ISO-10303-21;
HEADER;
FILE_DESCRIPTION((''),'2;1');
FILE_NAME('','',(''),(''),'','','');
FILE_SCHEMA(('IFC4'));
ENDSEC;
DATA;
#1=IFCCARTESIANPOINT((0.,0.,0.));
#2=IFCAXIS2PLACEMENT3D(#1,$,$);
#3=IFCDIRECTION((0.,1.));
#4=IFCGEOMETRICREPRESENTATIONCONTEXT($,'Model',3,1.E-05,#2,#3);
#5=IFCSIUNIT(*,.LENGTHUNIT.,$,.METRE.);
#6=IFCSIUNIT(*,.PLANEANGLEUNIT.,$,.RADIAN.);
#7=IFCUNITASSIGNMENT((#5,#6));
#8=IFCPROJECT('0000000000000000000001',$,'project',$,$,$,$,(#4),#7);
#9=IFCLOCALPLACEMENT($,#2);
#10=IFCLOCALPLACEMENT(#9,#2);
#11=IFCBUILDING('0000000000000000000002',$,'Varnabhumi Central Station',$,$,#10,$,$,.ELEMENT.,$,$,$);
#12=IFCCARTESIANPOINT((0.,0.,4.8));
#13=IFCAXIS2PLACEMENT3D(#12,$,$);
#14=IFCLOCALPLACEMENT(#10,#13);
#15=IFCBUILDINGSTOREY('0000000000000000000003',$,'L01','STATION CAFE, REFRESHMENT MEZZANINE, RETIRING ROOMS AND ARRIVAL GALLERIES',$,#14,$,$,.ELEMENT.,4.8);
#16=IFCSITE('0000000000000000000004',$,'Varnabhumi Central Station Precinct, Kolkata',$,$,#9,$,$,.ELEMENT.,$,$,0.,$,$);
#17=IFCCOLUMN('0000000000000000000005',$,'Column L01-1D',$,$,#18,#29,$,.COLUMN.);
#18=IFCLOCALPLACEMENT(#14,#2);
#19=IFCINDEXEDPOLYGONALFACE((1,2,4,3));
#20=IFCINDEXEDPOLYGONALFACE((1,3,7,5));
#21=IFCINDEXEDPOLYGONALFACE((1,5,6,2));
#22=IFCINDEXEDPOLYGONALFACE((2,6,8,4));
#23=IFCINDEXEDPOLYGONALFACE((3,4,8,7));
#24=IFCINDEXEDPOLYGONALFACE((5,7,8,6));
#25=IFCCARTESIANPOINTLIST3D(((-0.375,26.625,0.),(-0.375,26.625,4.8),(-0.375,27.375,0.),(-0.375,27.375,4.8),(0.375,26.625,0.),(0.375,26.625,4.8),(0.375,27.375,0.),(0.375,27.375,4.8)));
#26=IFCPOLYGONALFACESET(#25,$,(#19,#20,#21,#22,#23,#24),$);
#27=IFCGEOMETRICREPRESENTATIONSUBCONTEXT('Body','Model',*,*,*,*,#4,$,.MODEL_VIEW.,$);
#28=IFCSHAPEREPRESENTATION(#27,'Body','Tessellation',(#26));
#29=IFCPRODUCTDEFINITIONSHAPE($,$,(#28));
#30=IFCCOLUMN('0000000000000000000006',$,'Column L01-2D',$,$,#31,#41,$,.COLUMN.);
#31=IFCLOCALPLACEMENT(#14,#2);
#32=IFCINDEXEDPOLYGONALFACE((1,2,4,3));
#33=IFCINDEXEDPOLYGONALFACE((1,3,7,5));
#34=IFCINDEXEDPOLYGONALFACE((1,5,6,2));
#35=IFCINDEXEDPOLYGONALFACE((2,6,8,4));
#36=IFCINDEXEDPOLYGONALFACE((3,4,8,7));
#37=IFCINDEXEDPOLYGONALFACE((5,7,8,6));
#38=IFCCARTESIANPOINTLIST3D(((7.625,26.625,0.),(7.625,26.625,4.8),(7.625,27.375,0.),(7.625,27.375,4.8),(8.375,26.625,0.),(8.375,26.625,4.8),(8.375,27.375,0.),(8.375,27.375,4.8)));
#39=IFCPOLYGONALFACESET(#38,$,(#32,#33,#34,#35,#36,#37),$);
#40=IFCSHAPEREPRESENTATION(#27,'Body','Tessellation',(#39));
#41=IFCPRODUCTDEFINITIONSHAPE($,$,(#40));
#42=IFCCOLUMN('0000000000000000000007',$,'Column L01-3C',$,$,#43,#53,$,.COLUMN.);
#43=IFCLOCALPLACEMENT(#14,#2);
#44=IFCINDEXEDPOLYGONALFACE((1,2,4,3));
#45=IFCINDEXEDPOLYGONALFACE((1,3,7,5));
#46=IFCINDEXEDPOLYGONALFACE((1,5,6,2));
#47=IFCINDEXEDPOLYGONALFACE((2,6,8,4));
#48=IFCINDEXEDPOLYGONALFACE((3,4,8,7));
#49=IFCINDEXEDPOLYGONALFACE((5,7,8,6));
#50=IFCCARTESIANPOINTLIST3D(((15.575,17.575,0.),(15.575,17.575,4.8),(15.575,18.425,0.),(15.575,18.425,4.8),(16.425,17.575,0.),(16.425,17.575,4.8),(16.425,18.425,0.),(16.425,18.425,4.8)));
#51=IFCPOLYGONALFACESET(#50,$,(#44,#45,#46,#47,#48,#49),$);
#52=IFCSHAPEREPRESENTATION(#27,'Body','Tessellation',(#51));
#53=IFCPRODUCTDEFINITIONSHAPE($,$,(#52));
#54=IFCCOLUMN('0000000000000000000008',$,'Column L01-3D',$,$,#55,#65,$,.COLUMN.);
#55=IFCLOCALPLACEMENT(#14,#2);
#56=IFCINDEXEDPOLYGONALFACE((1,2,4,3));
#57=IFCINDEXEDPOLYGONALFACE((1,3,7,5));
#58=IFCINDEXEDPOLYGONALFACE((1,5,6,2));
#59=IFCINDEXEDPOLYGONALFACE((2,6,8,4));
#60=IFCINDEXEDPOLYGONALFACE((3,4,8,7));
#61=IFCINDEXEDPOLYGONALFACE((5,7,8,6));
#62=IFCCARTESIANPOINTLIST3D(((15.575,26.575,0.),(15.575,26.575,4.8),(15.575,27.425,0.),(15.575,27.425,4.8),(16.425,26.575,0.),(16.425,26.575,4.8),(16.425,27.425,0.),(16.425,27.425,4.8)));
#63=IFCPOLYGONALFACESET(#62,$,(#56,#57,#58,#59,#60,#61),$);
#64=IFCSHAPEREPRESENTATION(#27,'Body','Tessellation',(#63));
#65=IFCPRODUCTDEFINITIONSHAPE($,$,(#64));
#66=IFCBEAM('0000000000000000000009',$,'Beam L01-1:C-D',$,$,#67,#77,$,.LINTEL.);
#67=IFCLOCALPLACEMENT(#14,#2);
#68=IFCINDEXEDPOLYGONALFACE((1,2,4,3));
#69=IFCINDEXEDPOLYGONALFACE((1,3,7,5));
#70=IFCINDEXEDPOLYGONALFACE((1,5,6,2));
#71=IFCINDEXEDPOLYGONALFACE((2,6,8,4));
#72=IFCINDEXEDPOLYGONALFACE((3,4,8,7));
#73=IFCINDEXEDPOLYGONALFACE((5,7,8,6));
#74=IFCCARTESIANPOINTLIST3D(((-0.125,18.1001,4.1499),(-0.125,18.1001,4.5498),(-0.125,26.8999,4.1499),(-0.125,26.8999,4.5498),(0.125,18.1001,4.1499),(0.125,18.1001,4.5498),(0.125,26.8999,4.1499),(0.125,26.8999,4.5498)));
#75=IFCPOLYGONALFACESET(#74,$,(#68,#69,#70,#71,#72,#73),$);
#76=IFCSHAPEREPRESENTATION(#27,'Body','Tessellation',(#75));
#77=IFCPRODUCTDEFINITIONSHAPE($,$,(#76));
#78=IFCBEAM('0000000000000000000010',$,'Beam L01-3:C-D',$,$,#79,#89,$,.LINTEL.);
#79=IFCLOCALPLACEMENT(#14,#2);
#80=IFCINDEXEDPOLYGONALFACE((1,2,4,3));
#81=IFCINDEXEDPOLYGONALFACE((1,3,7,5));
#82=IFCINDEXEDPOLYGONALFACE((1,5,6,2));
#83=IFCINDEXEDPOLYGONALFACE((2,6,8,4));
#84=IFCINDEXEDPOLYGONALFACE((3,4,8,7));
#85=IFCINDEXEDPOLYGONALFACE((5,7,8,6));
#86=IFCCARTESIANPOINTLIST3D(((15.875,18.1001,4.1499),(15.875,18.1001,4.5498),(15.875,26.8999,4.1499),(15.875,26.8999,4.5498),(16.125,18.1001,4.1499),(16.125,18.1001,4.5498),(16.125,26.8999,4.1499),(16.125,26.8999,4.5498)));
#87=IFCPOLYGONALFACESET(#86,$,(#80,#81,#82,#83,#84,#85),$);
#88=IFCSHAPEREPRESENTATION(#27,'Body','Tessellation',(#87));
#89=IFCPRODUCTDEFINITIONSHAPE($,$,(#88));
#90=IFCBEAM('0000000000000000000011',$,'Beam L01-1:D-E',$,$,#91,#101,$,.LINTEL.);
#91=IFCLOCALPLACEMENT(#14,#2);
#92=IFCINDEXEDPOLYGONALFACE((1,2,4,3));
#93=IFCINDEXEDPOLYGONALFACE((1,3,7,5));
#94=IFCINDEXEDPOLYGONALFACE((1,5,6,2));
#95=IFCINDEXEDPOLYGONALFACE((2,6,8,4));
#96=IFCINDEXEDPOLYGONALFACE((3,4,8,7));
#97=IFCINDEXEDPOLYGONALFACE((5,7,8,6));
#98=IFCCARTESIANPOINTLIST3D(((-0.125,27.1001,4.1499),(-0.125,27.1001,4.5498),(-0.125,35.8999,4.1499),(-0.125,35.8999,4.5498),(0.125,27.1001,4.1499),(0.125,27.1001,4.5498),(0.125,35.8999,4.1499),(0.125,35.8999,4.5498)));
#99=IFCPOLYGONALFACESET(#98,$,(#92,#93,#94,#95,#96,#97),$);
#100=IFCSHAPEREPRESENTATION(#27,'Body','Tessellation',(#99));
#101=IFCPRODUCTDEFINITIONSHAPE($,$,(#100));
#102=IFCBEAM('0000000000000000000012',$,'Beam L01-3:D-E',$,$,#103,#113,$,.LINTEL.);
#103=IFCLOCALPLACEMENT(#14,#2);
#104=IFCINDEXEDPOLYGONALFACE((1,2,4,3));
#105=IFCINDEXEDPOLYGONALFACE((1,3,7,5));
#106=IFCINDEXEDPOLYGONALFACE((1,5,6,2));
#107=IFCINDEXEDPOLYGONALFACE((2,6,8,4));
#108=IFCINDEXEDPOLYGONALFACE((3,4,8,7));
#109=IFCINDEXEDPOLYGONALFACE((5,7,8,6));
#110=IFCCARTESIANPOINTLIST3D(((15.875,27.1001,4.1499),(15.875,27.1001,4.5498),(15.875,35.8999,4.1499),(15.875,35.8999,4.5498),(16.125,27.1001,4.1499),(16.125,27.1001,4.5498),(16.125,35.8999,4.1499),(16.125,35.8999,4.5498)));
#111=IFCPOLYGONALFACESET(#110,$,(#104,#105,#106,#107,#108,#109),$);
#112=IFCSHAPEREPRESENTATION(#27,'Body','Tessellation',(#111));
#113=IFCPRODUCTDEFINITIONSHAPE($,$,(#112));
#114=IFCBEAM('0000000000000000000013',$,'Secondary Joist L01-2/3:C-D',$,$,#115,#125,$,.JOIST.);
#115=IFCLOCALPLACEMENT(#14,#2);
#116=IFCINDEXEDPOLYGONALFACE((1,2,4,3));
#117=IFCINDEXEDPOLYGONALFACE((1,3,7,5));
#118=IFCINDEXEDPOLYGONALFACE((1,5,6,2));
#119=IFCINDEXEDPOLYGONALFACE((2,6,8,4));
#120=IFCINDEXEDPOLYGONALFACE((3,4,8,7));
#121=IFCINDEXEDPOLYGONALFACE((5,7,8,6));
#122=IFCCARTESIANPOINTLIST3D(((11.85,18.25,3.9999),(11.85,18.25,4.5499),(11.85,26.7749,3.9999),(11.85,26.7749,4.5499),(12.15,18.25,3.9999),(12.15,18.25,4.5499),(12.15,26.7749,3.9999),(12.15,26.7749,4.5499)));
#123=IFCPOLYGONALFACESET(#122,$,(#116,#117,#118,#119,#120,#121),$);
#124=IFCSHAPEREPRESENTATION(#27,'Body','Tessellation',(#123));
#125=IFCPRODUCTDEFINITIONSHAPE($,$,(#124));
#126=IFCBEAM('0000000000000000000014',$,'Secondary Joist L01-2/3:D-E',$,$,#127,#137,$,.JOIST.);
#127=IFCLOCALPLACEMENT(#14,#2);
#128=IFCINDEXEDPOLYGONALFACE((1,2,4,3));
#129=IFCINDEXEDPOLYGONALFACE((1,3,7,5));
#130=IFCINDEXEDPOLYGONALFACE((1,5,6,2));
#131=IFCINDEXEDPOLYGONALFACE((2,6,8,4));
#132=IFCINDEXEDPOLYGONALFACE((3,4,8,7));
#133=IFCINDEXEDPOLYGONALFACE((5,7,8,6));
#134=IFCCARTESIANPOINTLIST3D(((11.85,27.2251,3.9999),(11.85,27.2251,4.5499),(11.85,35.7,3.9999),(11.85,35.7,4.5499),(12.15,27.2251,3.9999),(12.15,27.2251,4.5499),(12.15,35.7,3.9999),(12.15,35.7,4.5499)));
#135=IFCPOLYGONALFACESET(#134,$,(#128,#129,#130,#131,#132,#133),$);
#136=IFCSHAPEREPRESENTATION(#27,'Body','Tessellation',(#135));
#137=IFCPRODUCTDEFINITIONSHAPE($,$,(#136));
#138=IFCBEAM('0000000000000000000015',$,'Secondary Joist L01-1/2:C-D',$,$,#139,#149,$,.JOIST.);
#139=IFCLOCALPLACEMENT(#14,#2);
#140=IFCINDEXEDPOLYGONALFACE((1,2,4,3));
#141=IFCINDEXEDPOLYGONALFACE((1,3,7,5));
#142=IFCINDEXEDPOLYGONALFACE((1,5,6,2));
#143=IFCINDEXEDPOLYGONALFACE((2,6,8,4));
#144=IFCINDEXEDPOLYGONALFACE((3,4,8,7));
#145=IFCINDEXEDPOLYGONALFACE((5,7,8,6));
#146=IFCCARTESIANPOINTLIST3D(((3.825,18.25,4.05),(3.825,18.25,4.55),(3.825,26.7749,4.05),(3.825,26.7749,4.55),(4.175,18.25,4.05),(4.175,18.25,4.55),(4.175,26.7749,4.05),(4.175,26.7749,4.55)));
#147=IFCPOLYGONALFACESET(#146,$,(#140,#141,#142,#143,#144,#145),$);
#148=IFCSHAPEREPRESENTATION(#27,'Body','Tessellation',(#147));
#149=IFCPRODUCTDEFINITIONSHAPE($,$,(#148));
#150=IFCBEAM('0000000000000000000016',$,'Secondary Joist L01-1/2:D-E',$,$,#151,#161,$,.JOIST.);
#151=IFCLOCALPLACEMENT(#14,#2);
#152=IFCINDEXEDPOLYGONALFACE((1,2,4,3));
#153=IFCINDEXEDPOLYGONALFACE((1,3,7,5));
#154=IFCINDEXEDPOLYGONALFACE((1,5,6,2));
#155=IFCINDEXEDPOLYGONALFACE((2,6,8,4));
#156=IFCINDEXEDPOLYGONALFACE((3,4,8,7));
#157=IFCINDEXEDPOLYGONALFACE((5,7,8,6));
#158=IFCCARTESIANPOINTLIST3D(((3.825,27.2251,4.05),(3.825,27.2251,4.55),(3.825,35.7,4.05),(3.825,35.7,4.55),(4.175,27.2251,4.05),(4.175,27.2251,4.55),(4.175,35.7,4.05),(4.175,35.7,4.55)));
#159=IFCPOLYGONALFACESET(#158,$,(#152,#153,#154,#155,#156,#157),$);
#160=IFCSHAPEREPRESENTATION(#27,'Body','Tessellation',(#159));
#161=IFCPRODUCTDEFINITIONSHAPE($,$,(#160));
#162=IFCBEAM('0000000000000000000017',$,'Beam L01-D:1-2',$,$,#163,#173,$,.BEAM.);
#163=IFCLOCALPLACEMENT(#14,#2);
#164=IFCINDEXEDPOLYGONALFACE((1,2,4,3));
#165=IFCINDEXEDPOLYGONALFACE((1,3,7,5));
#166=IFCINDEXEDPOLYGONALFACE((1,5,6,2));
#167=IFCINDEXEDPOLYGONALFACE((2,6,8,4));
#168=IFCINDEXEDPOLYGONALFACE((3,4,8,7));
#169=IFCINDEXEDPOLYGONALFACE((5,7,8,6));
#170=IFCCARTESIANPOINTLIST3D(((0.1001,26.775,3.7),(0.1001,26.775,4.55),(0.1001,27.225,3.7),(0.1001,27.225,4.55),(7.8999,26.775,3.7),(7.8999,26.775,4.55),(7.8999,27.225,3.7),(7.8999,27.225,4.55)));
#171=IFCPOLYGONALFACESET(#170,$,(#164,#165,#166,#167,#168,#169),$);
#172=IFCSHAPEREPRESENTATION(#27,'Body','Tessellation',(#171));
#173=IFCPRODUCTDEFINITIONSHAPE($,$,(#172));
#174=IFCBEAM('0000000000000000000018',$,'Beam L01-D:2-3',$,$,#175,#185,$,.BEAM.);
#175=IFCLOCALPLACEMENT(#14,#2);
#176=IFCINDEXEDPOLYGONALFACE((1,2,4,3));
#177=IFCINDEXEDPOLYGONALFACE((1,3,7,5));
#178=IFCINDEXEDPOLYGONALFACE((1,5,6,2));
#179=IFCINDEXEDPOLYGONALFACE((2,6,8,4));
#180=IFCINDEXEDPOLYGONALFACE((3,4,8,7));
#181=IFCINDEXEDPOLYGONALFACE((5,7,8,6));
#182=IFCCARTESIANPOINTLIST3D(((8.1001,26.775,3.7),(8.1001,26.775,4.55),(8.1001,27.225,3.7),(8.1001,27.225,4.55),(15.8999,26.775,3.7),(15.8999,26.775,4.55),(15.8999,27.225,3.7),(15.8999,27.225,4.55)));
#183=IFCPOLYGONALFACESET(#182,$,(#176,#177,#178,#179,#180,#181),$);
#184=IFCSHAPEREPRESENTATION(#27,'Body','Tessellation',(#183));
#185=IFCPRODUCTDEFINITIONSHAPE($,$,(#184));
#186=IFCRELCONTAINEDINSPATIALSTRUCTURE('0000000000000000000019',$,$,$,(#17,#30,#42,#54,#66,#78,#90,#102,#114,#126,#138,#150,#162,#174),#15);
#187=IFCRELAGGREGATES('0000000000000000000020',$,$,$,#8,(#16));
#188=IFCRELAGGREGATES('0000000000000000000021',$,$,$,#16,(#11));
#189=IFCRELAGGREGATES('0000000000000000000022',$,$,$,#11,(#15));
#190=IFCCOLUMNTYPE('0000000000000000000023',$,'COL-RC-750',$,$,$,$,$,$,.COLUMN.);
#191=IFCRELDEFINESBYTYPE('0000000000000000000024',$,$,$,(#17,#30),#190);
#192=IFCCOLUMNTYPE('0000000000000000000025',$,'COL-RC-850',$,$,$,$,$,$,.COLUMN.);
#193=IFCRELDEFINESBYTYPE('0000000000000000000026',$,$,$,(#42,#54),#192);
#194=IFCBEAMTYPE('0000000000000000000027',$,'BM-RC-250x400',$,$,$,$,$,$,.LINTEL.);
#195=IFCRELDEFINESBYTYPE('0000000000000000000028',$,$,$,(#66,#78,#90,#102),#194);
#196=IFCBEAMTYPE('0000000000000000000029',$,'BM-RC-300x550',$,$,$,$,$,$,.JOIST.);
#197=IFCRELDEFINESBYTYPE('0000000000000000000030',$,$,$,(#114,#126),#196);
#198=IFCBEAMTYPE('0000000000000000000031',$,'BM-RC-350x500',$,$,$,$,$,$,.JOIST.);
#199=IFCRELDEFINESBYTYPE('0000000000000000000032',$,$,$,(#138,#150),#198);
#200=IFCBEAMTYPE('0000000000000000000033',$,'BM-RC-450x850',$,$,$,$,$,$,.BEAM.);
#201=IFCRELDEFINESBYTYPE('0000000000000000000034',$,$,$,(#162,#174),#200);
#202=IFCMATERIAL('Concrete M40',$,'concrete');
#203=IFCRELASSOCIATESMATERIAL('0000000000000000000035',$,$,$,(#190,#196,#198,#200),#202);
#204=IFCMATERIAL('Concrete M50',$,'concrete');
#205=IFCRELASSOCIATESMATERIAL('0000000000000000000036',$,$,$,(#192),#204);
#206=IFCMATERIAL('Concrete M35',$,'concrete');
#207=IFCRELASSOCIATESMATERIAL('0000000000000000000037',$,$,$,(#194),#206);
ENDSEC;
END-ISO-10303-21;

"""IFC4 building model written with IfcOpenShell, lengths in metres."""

from ifc_helpers import new_model, si_unit, direction, frame, origin, origin_2d, place, context, subcontext, project, spatial, rectangle, extrude, material, material_profile, profile_set, type_object, element, save


model = new_model("IFC4")

# Units and contexts
model_context = context("Model", 3, precision=1e-05, world=origin(), true_north=direction((0.0, 1.0)))
body_context = subcontext(model_context, "Body", "Model", "MODEL_VIEW")
ifc_project = project(units=[si_unit("LENGTHUNIT", "METRE"), si_unit("PLANEANGLEUNIT", "RADIAN")], contexts=[model_context])

# Site, building, storey
site_placement = place(None, origin())
site = spatial("IfcSite", under=ifc_project, at=site_placement, Name="Varnabhumi Central Station Precinct, Kolkata", CompositionType="ELEMENT", RefElevation=0.0)
building_placement = place(site_placement, origin())
building = spatial("IfcBuilding", under=site, at=building_placement, Name="Varnabhumi Central Station", CompositionType="ELEMENT")
storey_placement = place(building_placement, frame((0.0, 0.0, 4.8)))
storey = spatial("IfcBuildingStorey", under=building, at=storey_placement, Name="L01", Description="STATION CAFE, REFRESHMENT MEZZANINE, RETIRING ROOMS AND ARRIVAL GALLERIES", CompositionType="ELEMENT", Elevation=4.8)

# Columns
ifc_material_1 = material(Name="Concrete M40", Category="concrete")
ifc_material_profile_1 = material_profile(ifc_material_1, rectangle(XDim=0.75, YDim=0.75, at=origin_2d()), Name="Concrete M40", Category="concrete")
ifc_profile_set_1 = profile_set([ifc_material_profile_1], Name="Concrete M40")
column_type_1 = type_object("IfcColumnType", Name="COL-RC-750", PredefinedType="COLUMN", material=ifc_profile_set_1)
for number, where, z_axis, x_axis, name in (
    (1, (0.0, 27.0, 0.0), (0.0, 0.0, 1.0), (1.0, 0.0, 0.0), "Column L01-1D"),
    (2, (8.0, 27.0, 0.0), (0.0, 0.0, 1.0), (1.0, 0.0, 0.0), "Column L01-2D"),
):
    element("IfcColumn", number, at=place(storey_placement, frame(where, z_axis=z_axis, x_axis=x_axis)), inside=storey, type_object=column_type_1, Name=name, PredefinedType="COLUMN", context=body_context, shape_type="SweptSolid", body=[
        extrude(rectangle(XDim=0.75, YDim=0.75, at=origin_2d()), origin(), (0.0, 0.0, 1.0), 4.8),
    ])
ifc_material_2 = material(Name="Concrete M50", Category="concrete")
ifc_material_profile_2 = material_profile(ifc_material_2, rectangle(XDim=0.8501, YDim=0.8501, at=origin_2d()), Name="Concrete M50", Category="concrete")
ifc_profile_set_2 = profile_set([ifc_material_profile_2], Name="Concrete M50")
column_type_2 = type_object("IfcColumnType", Name="COL-RC-850", PredefinedType="COLUMN", material=ifc_profile_set_2)
for number, where, z_axis, x_axis, name in (
    (3, (16.0, 18.0, 0.0), (0.0, 0.0, 1.0), (1.0, 0.0, 0.0), "Column L01-3C"),
    (4, (16.0, 27.0, 0.0), (0.0, 0.0, 1.0), (1.0, 0.0, 0.0), "Column L01-3D"),
):
    element("IfcColumn", number, at=place(storey_placement, frame(where, z_axis=z_axis, x_axis=x_axis)), inside=storey, type_object=column_type_2, Name=name, PredefinedType="COLUMN", context=body_context, shape_type="SweptSolid", body=[
        extrude(rectangle(XDim=0.8501, YDim=0.8501, at=origin_2d()), origin(), (0.0, 0.0, 1.0), 4.8),
    ])

# Beams
ifc_material_3 = material(Name="Concrete M35", Category="concrete")
ifc_material_profile_3 = material_profile(ifc_material_3, rectangle(XDim=0.25, YDim=0.3999, at=origin_2d()), Name="Concrete M35", Category="concrete")
ifc_profile_set_3 = profile_set([ifc_material_profile_3], Name="Concrete M35")
beam_type_1 = type_object("IfcBeamType", Name="BM-RC-250x400", PredefinedType="LINTEL", material=ifc_profile_set_3)
for number, where, z_axis, x_axis, name in (
    (5, (0.0, 18.1001, 4.3499), (0.0, 1.0, 0.0), (-1.0, 0.0, 0.0), "Beam L01-1:C-D"),
    (6, (16.0, 18.1001, 4.3499), (0.0, 1.0, 0.0), (-1.0, 0.0, 0.0), "Beam L01-3:C-D"),
    (7, (0.0, 27.1001, 4.3499), (0.0, 1.0, 0.0), (-1.0, 0.0, 0.0), "Beam L01-1:D-E"),
    (8, (16.0, 27.1001, 4.3499), (0.0, 1.0, 0.0), (-1.0, 0.0, 0.0), "Beam L01-3:D-E"),
):
    element("IfcBeam", number, at=place(storey_placement, frame(where, z_axis=z_axis, x_axis=x_axis)), inside=storey, type_object=beam_type_1, Name=name, PredefinedType="LINTEL", context=body_context, shape_type="SweptSolid", body=[
        extrude(rectangle(XDim=0.25, YDim=0.3999, at=origin_2d()), origin(), (0.0, 0.0, 1.0), 8.7998),
    ])
ifc_material_profile_4 = material_profile(ifc_material_1, rectangle(XDim=0.3, YDim=0.55, at=origin_2d()), Name="Concrete M40", Category="concrete")
ifc_profile_set_4 = profile_set([ifc_material_profile_4], Name="Concrete M40")
beam_type_2 = type_object("IfcBeamType", Name="BM-RC-300x550", PredefinedType="JOIST", material=ifc_profile_set_4)
beam_1_placement = place(storey_placement, frame((12.0, 18.25, 4.2749), z_axis=(0.0, 1.0, 0.0), x_axis=(-1.0, 0.0, 0.0)))
element("IfcBeam", 9, at=beam_1_placement, inside=storey, type_object=beam_type_2, Name="Secondary Joist L01-2/3:C-D", PredefinedType="JOIST", context=body_context, shape_type="SweptSolid", body=[
    extrude(rectangle(XDim=0.3, YDim=0.55, at=origin_2d()), origin(), (0.0, 0.0, 1.0), 8.5249),
])
beam_2_placement = place(storey_placement, frame((12.0, 27.2251, 4.2749), z_axis=(0.0, 1.0, 0.0), x_axis=(-1.0, 0.0, 0.0)))
element("IfcBeam", 10, at=beam_2_placement, inside=storey, type_object=beam_type_2, Name="Secondary Joist L01-2/3:D-E", PredefinedType="JOIST", context=body_context, shape_type="SweptSolid", body=[
    extrude(rectangle(XDim=0.3, YDim=0.55, at=origin_2d()), origin(), (0.0, 0.0, 1.0), 8.4749),
])
ifc_material_profile_5 = material_profile(ifc_material_1, rectangle(XDim=0.3501, YDim=0.5, at=origin_2d()), Name="Concrete M40", Category="concrete")
ifc_profile_set_5 = profile_set([ifc_material_profile_5], Name="Concrete M40")
beam_type_3 = type_object("IfcBeamType", Name="BM-RC-350x500", PredefinedType="JOIST", material=ifc_profile_set_5)
beam_3_placement = place(storey_placement, frame((4.0, 18.25, 4.3), z_axis=(0.0, 1.0, 0.0), x_axis=(-1.0, 0.0, 0.0)))
element("IfcBeam", 11, at=beam_3_placement, inside=storey, type_object=beam_type_3, Name="Secondary Joist L01-1/2:C-D", PredefinedType="JOIST", context=body_context, shape_type="SweptSolid", body=[
    extrude(rectangle(XDim=0.3501, YDim=0.5, at=origin_2d()), origin(), (0.0, 0.0, 1.0), 8.5249),
])
beam_4_placement = place(storey_placement, frame((4.0, 27.2251, 4.3), z_axis=(0.0, 1.0, 0.0), x_axis=(-1.0, 0.0, 0.0)))
element("IfcBeam", 12, at=beam_4_placement, inside=storey, type_object=beam_type_3, Name="Secondary Joist L01-1/2:D-E", PredefinedType="JOIST", context=body_context, shape_type="SweptSolid", body=[
    extrude(rectangle(XDim=0.3501, YDim=0.5, at=origin_2d()), origin(), (0.0, 0.0, 1.0), 8.4749),
])
ifc_material_profile_6 = material_profile(ifc_material_1, rectangle(XDim=0.45, YDim=0.8501, at=origin_2d()), Name="Concrete M40", Category="concrete")
ifc_profile_set_6 = profile_set([ifc_material_profile_6], Name="Concrete M40")
beam_type_4 = type_object("IfcBeamType", Name="BM-RC-450x850", PredefinedType="BEAM", material=ifc_profile_set_6)
for number, where, z_axis, x_axis, name in (
    (13, (0.1001, 27.0, 4.125), (1.0, 0.0, 0.0), (0.0, 1.0, 0.0), "Beam L01-D:1-2"),
    (14, (8.1001, 27.0, 4.125), (1.0, 0.0, 0.0), (0.0, 1.0, 0.0), "Beam L01-D:2-3"),
):
    element("IfcBeam", number, at=place(storey_placement, frame(where, z_axis=z_axis, x_axis=x_axis)), inside=storey, type_object=beam_type_4, Name=name, PredefinedType="BEAM", context=body_context, shape_type="SweptSolid", body=[
        extrude(rectangle(XDim=0.45, YDim=0.8501, at=origin_2d()), origin(), (0.0, 0.0, 1.0), 7.7998),
    ])

save(model, "model.ifc")
